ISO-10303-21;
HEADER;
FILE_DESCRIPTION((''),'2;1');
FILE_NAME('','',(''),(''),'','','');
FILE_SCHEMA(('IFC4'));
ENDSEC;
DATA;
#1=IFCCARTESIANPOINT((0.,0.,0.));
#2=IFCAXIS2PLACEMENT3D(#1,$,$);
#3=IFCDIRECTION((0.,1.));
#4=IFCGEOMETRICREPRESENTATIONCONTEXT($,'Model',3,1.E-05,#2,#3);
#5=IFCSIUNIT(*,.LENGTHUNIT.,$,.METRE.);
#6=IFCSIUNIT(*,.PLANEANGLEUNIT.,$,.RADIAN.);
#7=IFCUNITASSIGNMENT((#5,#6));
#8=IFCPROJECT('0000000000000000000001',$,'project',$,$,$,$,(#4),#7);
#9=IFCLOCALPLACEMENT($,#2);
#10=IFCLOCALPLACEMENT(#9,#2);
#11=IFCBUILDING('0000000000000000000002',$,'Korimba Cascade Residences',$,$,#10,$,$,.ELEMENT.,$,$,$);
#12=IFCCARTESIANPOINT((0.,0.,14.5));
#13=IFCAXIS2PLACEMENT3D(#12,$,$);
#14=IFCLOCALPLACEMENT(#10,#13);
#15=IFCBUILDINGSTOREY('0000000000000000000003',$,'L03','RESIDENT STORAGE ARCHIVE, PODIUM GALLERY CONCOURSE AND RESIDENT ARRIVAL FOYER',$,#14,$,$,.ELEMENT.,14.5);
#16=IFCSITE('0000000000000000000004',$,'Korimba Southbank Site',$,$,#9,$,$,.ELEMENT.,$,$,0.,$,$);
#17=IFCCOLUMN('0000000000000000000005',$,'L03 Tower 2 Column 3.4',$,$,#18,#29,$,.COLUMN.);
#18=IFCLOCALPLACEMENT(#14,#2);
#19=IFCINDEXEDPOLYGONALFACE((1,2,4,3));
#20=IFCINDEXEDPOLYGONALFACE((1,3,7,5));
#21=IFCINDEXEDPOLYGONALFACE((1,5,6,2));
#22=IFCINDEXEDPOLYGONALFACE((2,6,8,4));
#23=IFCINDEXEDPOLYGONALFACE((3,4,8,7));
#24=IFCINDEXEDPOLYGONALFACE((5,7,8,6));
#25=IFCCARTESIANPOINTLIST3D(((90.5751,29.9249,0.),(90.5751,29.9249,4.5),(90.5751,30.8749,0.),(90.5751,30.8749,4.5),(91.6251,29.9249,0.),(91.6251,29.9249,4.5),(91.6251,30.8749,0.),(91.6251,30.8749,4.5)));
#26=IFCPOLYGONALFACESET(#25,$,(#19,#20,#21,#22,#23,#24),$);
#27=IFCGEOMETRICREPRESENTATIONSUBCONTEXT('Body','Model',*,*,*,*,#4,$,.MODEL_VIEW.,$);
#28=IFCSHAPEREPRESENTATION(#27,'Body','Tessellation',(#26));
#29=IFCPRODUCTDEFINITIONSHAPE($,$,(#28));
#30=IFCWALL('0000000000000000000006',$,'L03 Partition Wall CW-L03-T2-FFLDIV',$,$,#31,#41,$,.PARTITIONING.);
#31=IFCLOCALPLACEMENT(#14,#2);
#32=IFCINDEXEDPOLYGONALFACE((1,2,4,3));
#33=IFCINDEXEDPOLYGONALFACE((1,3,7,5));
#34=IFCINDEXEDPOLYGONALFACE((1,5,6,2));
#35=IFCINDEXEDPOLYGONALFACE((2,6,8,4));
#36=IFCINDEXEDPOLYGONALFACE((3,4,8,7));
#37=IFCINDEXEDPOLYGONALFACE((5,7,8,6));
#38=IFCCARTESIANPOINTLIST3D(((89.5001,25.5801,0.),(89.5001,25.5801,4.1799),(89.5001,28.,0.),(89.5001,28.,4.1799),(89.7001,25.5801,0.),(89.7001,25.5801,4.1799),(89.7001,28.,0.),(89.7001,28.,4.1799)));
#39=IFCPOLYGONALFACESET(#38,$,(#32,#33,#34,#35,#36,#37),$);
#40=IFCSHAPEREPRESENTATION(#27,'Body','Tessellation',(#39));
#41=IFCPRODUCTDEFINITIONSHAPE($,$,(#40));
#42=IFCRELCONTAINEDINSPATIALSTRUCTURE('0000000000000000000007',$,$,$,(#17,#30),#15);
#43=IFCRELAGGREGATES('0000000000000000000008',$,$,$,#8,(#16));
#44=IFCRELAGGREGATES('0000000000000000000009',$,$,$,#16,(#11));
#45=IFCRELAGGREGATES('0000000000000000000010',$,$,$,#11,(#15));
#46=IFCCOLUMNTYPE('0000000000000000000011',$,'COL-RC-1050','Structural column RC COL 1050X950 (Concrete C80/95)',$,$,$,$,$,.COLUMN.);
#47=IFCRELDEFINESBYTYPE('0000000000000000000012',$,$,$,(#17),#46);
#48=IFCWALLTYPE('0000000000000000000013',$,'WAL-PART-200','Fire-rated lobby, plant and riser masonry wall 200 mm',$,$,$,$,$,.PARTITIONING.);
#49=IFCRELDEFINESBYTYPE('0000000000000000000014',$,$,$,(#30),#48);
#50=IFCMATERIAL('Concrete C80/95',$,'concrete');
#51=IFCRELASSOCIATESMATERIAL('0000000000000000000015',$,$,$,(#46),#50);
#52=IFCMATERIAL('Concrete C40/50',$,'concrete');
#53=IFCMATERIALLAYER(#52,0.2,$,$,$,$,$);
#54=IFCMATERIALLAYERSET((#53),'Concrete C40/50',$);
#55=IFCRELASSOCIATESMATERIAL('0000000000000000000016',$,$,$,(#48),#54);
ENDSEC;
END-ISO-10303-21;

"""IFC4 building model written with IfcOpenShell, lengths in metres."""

from ifc_helpers import new_model, si_unit, direction, frame, frame_2d, origin, origin_2d, place, context, subcontext, project, spatial, rectangle, extrude, material, layer, layer_set, material_profile, profile_set, type_object, element, save


model = new_model("IFC4")

# Units and contexts
model_context = context("Model", 3, precision=1e-05, world=origin(), true_north=direction((0.0, 1.0)))
body_context = subcontext(model_context, "Body", "Model", "MODEL_VIEW")
ifc_project = project(units=[si_unit("LENGTHUNIT", "METRE"), si_unit("PLANEANGLEUNIT", "RADIAN")], contexts=[model_context])

# Site, building, storey
site_placement = place(None, origin())
site = spatial("IfcSite", under=ifc_project, at=site_placement, Name="Korimba Southbank Site", CompositionType="ELEMENT", RefElevation=0.0)
building_placement = place(site_placement, origin())
building = spatial("IfcBuilding", under=site, at=building_placement, Name="Korimba Cascade Residences", CompositionType="ELEMENT")
storey_placement = place(building_placement, frame((0.0, 0.0, 14.5)))
storey = spatial("IfcBuildingStorey", under=building, at=storey_placement, Name="L03", Description="RESIDENT STORAGE ARCHIVE, PODIUM GALLERY CONCOURSE AND RESIDENT ARRIVAL FOYER", CompositionType="ELEMENT", Elevation=14.5)

# Column
ifc_material_1 = material(Name="Concrete C80/95", Category="concrete")
ifc_material_profile = material_profile(ifc_material_1, rectangle(XDim=1.05, YDim=0.95, at=origin_2d()), Name="Concrete C80/95")
ifc_profile_set = profile_set([ifc_material_profile], Name="Concrete C80/95")
column_type = type_object("IfcColumnType", Name="COL-RC-1050", Description="Structural column RC COL 1050X950 (Concrete C80/95)", PredefinedType="COLUMN", material=ifc_profile_set)
column_placement = place(storey_placement, frame((91.1001, 30.3999, 0.0), z_axis=(0.0, 0.0, 1.0), x_axis=(1.0, 0.0, 0.0)))
element("IfcColumn", 1, at=column_placement, inside=storey, type_object=column_type, Name="L03 Tower 2 Column 3.4", PredefinedType="COLUMN", context=body_context, shape_type="SweptSolid", body=[
    extrude(rectangle(XDim=1.05, YDim=0.95, at=origin_2d()), origin(), (0.0, 0.0, 1.0), 4.5),
])

# Wall
ifc_material_2 = material(Name="Concrete C40/50", Category="concrete")
ifc_layer_1 = layer(ifc_material_2, 0.2)
ifc_layer_set_1 = layer_set([ifc_layer_1], Name="Concrete C40/50")
wall_type_1 = type_object("IfcWallType", Name="WAL-PART-200", Description="Fire-rated lobby, plant and riser masonry wall 200 mm", PredefinedType="PARTITIONING", material=ifc_layer_set_1)
wall_1_placement = place(storey_placement, frame((89.6001, 25.5801, 0.0), z_axis=(0.0, 0.0, 1.0), x_axis=(0.0, 1.0, 0.0)))
element("IfcWall", 2, at=wall_1_placement, inside=storey, type_object=wall_type_1, Name="L03 Partition Wall CW-L03-T2-FFLDIV", PredefinedType="PARTITIONING", context=body_context, shape_type="SweptSolid", body=[
    extrude(rectangle(XDim=2.4199, YDim=0.2, at=frame_2d((1.21, 0.0))), origin(), (0.0, 0.0, 1.0), 4.1799),
])

save(model, "model.ifc")
